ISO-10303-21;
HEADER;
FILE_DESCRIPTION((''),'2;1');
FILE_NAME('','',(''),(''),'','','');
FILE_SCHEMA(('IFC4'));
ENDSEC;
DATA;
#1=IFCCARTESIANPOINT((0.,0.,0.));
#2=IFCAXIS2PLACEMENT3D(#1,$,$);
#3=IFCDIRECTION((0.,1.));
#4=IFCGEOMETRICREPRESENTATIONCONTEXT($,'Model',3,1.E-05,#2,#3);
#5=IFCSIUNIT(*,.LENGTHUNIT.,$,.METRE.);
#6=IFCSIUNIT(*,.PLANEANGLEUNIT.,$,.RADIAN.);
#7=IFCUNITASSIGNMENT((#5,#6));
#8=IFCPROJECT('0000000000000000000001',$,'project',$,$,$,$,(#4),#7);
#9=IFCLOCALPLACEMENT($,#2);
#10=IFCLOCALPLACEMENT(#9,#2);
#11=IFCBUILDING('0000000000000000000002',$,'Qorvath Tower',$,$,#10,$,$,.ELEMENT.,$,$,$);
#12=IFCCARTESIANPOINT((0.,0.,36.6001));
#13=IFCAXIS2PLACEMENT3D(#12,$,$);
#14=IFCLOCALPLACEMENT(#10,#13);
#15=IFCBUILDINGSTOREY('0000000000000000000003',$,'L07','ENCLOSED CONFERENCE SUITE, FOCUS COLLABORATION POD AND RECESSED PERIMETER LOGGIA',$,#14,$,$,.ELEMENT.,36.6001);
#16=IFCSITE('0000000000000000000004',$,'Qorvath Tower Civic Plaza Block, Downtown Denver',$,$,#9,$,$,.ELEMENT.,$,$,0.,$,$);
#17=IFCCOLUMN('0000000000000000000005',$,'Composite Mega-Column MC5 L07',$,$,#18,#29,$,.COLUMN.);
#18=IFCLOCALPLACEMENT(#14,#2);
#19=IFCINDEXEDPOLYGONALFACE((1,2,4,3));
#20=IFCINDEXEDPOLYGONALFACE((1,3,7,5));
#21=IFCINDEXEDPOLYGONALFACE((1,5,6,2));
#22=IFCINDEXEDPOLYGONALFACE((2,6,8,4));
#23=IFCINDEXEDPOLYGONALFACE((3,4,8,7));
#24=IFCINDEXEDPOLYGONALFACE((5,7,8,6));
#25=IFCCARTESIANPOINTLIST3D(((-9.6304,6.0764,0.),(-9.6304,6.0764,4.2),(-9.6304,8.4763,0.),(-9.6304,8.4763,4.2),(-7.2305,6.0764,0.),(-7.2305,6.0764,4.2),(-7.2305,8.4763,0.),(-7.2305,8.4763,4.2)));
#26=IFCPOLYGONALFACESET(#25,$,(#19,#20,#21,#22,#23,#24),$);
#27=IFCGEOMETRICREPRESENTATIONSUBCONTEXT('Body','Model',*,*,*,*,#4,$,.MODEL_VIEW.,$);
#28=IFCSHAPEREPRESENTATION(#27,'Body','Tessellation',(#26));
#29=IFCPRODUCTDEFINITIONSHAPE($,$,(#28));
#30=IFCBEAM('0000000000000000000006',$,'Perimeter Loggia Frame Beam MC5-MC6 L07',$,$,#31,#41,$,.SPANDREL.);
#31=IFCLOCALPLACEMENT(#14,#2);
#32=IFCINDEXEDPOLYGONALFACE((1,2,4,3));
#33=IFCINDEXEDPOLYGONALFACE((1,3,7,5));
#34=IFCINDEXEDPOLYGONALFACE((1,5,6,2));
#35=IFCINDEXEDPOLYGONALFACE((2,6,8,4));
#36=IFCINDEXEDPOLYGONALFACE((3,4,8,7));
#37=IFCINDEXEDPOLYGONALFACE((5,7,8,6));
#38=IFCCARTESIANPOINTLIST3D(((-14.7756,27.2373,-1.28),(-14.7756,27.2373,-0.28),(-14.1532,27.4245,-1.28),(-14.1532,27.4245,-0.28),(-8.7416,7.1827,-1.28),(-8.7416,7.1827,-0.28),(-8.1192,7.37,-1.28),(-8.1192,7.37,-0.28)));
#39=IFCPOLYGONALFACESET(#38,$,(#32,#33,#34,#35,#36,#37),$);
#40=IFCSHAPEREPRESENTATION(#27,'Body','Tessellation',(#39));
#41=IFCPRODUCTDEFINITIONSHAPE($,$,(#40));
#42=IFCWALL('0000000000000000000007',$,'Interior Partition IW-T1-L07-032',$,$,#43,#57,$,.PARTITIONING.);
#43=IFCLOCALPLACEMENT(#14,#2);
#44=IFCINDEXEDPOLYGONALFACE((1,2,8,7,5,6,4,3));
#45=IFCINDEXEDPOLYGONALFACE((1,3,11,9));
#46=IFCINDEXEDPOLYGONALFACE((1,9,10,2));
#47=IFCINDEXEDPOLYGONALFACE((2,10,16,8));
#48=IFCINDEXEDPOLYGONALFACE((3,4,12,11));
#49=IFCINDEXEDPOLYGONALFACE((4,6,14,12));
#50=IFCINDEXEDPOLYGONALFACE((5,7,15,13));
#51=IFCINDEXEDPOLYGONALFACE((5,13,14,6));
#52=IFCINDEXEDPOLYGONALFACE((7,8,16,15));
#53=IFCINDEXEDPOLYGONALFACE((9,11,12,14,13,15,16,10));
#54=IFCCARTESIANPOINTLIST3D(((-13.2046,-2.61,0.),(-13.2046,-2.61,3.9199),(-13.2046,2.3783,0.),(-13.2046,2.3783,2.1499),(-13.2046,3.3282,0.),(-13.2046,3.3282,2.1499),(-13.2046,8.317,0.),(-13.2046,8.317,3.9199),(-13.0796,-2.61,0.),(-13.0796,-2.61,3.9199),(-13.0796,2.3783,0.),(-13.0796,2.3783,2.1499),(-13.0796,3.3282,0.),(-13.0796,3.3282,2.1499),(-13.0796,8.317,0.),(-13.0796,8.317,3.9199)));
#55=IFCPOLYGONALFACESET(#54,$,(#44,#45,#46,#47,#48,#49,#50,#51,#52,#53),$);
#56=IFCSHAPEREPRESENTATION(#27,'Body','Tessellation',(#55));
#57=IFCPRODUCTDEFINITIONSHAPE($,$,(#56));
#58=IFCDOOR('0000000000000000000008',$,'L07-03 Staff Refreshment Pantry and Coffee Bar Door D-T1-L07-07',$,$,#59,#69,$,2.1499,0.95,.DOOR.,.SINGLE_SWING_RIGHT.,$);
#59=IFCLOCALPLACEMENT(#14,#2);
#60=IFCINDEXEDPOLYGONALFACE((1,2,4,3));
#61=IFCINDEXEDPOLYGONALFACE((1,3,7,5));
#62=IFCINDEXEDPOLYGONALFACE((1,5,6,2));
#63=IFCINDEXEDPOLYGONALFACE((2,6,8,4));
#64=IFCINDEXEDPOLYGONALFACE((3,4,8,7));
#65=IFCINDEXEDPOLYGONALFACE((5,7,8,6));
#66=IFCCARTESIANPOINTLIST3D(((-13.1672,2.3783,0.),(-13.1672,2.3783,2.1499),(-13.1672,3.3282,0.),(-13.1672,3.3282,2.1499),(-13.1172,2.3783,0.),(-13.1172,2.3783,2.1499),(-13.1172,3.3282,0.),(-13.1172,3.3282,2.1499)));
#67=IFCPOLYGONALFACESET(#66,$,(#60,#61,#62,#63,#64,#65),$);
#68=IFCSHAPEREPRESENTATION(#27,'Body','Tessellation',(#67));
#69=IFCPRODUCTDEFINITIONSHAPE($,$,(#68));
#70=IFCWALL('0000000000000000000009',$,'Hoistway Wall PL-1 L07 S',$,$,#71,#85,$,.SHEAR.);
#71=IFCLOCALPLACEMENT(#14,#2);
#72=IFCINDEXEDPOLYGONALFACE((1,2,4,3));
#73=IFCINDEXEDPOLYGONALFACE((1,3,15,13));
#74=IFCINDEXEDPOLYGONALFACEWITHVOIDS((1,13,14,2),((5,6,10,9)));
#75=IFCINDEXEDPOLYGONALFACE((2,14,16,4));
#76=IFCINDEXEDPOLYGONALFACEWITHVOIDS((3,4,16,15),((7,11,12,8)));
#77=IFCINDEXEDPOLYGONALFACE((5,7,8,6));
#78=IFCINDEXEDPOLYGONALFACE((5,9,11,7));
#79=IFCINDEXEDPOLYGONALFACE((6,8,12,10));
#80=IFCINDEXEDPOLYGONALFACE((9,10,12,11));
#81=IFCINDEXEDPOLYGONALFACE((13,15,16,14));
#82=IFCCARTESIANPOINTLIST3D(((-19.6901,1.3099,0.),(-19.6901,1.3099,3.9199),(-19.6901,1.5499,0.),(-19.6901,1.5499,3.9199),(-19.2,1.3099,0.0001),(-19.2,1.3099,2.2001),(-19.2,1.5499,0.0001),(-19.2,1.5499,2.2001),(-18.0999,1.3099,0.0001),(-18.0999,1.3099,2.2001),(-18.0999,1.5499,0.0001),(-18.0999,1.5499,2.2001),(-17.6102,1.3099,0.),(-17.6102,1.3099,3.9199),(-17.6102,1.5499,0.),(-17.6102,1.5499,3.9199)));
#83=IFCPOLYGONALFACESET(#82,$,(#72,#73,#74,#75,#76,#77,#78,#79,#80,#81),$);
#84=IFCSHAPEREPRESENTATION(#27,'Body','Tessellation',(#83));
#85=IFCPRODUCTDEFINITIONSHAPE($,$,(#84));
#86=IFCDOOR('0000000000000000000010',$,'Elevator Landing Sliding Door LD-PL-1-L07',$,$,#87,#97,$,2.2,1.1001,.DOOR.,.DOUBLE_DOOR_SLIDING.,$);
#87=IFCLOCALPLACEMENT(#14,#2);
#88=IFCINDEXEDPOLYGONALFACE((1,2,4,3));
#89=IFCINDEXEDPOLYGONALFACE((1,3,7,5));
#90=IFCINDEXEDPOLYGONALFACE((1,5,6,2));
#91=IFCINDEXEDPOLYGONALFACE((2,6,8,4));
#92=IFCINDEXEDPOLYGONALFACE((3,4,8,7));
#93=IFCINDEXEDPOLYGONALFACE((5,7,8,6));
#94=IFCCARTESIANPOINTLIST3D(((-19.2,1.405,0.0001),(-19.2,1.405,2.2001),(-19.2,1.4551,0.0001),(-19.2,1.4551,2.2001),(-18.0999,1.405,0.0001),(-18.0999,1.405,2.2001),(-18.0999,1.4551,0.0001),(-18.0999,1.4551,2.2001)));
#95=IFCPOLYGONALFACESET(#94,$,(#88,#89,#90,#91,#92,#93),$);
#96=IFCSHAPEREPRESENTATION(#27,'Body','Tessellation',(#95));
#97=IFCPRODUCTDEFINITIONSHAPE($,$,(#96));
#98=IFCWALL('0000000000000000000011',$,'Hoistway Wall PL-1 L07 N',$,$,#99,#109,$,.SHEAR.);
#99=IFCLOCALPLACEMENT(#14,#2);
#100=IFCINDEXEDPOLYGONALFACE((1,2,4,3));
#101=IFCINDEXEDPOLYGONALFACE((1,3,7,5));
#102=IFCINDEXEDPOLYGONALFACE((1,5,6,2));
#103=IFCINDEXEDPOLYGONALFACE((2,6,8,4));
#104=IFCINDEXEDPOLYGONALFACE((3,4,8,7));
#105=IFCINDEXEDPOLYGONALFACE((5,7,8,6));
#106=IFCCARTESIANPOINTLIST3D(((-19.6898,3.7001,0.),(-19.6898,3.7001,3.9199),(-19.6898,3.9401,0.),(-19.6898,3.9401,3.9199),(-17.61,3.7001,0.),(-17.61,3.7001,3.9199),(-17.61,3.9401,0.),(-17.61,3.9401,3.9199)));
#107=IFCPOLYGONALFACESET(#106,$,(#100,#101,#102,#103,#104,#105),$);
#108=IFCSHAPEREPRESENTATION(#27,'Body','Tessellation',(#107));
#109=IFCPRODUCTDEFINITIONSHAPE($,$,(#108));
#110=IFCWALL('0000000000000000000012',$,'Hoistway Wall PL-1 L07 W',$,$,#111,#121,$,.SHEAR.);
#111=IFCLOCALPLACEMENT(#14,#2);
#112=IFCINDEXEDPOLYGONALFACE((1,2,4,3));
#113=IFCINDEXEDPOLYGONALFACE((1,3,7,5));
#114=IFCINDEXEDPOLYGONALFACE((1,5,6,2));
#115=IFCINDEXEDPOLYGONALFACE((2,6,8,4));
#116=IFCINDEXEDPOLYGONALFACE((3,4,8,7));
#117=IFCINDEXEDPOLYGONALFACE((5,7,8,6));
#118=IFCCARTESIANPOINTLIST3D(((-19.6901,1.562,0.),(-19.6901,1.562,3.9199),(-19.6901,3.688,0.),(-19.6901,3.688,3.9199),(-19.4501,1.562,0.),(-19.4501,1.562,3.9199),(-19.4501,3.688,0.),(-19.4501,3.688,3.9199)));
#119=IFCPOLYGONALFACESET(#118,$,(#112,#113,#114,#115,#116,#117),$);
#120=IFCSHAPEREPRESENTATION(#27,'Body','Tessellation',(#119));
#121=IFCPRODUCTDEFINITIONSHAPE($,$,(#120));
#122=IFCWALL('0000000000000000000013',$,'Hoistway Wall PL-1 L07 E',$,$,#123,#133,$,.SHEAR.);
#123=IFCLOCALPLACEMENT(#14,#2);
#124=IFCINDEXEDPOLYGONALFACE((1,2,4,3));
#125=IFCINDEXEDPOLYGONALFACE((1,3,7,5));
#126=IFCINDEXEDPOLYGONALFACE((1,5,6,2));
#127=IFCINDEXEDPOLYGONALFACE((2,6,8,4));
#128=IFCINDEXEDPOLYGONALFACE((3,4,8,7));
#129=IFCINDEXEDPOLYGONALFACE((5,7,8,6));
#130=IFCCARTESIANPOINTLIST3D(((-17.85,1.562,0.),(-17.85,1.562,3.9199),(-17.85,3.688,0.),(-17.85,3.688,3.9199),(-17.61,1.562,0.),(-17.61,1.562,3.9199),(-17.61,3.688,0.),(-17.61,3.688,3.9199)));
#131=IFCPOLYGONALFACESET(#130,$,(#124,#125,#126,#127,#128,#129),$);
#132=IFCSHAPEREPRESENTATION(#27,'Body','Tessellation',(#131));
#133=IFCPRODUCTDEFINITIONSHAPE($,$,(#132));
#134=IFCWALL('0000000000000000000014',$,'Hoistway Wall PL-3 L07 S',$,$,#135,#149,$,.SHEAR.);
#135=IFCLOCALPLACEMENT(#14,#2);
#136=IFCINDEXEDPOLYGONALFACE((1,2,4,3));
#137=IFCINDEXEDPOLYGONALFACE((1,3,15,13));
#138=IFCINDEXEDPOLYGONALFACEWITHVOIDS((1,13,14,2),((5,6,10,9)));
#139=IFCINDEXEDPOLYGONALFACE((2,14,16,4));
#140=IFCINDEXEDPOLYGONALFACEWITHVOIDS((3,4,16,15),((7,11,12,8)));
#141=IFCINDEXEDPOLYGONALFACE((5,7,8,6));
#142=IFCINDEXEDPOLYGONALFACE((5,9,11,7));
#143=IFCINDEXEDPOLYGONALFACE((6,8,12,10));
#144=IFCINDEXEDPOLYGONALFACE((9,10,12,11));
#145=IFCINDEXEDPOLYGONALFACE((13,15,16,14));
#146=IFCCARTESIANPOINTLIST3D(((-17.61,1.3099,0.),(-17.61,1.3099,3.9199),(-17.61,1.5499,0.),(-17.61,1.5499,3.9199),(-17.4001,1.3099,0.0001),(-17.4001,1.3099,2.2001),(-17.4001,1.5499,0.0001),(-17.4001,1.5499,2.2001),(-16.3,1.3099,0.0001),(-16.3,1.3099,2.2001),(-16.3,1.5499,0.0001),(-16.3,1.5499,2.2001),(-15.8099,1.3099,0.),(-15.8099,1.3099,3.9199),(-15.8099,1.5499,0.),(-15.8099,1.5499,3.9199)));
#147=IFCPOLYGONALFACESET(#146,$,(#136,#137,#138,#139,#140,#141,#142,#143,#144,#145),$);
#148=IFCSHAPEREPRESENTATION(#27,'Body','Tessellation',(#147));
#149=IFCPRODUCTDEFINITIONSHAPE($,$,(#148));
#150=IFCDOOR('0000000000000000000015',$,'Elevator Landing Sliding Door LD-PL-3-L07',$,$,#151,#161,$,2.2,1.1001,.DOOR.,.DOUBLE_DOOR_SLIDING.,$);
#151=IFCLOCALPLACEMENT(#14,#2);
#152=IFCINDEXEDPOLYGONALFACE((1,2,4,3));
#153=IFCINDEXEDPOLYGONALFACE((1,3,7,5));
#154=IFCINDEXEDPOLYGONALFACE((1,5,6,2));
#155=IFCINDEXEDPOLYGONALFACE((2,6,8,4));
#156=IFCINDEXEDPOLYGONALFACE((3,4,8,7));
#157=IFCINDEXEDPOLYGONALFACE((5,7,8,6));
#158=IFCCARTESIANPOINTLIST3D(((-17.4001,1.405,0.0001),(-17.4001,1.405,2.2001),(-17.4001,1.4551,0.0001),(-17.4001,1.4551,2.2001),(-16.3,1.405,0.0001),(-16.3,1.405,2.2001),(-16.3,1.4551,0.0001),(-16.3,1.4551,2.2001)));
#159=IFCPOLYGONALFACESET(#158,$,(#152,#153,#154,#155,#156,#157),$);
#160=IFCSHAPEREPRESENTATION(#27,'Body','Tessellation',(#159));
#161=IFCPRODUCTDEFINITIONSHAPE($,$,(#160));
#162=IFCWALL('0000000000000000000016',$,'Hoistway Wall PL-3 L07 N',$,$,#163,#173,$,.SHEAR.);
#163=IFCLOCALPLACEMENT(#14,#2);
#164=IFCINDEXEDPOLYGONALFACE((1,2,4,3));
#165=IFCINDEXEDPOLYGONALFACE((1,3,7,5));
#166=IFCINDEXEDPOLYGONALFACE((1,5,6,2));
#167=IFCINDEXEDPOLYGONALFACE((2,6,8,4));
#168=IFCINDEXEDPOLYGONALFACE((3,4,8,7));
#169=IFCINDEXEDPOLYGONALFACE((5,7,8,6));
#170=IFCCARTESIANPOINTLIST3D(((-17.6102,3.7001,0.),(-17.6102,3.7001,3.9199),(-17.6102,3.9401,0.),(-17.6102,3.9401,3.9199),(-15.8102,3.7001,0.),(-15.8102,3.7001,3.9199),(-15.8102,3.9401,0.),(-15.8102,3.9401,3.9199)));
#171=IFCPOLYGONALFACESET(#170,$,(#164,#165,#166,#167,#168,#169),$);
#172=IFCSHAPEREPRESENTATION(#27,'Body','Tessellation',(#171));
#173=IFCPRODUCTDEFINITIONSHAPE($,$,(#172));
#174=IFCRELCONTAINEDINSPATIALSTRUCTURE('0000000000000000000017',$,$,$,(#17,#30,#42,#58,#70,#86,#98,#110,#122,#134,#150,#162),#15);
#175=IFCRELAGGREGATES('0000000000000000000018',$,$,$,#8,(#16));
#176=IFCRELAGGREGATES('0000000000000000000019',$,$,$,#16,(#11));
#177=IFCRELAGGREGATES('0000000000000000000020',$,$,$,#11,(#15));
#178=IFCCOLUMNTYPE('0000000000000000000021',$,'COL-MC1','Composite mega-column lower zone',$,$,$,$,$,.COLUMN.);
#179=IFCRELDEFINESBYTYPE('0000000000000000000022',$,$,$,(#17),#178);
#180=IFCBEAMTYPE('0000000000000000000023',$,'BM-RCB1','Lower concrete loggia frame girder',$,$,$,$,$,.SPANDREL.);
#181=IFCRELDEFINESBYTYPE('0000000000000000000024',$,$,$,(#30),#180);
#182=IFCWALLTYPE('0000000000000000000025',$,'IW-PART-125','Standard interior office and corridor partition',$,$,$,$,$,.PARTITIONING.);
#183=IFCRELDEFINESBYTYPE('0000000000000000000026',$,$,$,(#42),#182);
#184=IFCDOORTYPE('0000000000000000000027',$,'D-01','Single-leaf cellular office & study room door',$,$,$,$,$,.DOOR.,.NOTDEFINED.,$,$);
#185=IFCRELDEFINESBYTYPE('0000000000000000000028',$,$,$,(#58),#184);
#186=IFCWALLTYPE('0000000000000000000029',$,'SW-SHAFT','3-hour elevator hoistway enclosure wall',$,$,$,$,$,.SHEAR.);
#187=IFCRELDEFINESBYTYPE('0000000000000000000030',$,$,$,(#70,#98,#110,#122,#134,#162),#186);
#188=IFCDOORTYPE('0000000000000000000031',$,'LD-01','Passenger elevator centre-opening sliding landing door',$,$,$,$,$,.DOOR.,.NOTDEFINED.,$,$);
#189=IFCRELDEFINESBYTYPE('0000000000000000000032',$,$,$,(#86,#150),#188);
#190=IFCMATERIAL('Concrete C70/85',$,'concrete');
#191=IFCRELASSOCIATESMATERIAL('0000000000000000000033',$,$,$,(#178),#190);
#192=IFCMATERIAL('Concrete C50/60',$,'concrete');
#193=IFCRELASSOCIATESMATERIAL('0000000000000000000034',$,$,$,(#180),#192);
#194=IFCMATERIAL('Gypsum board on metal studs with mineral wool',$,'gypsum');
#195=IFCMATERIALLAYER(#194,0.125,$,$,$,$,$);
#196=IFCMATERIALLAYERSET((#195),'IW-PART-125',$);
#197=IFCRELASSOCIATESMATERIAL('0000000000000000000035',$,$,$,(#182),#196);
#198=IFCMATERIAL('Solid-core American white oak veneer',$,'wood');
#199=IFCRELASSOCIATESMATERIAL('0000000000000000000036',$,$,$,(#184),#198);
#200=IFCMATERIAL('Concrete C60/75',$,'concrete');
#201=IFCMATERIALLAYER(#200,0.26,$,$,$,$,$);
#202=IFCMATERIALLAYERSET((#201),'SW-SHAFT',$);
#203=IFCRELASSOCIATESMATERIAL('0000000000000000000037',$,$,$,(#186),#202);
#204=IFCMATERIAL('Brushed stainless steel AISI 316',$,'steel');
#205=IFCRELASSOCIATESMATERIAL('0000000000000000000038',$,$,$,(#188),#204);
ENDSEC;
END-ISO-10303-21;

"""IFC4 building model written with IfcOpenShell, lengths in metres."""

from ifc_helpers import new_model, si_unit, direction, frame, frame_2d, origin, origin_2d, place, context, subcontext, project, spatial, rectangle, extrude, material, layer, layer_set, material_profile, profile_set, type_object, element, fill, save


model = new_model("IFC4")

# Units and contexts
model_context = context("Model", 3, precision=1e-05, world=origin(), true_north=direction((0.0, 1.0)))
body_context = subcontext(model_context, "Body", "Model", "MODEL_VIEW")
ifc_project = project(units=[si_unit("LENGTHUNIT", "METRE"), si_unit("PLANEANGLEUNIT", "RADIAN")], contexts=[model_context])

# Site, building, storey
site_placement = place(None, origin())
site = spatial("IfcSite", under=ifc_project, at=site_placement, Name="Qorvath Tower Civic Plaza Block, Downtown Denver", CompositionType="ELEMENT", RefElevation=0.0)
building_placement = place(site_placement, origin())
building = spatial("IfcBuilding", under=site, at=building_placement, Name="Qorvath Tower", CompositionType="ELEMENT")
storey_placement = place(building_placement, frame((0.0, 0.0, 36.6001)))
storey = spatial("IfcBuildingStorey", under=building, at=storey_placement, Name="L07", Description="ENCLOSED CONFERENCE SUITE, FOCUS COLLABORATION POD AND RECESSED PERIMETER LOGGIA", CompositionType="ELEMENT", Elevation=36.6001)

# Column
ifc_material_1 = material(Name="Concrete C70/85", Category="concrete")
ifc_material_profile_1 = material_profile(ifc_material_1, rectangle(XDim=2.3999, YDim=2.3999, at=origin_2d()), Name="MC 2400x2400")
ifc_profile_set_1 = profile_set([ifc_material_profile_1], Name="Concrete C70/85")
column_type = type_object("IfcColumnType", Name="COL-MC1", Description="Composite mega-column lower zone", PredefinedType="COLUMN", material=ifc_profile_set_1)
column_placement = place(storey_placement, frame((-8.4304, 7.2764, 0.0), z_axis=(0.0, 0.0, 1.0), x_axis=(1.0, 0.0, 0.0)))
element("IfcColumn", 1, at=column_placement, inside=storey, type_object=column_type, Name="Composite Mega-Column MC5 L07", PredefinedType="COLUMN", context=body_context, shape_type="SweptSolid", body=[
    extrude(rectangle(XDim=2.3999, YDim=2.3999, at=origin_2d()), origin(), (0.0, 0.0, 1.0), 4.2),
])

# Beam
ifc_material_2 = material(Name="Concrete C50/60", Category="concrete")
ifc_material_profile_2 = material_profile(ifc_material_2, rectangle(XDim=0.6499, YDim=1.0, at=origin_2d()), Name="RCB 1000x650")
ifc_profile_set_2 = profile_set([ifc_material_profile_2], Name="Concrete C50/60")
beam_type = type_object("IfcBeamType", Name="BM-RCB1", Description="Lower concrete loggia frame girder", PredefinedType="SPANDREL", material=ifc_profile_set_2)
beam_placement = place(storey_placement, frame((-8.4304, 7.2764, -0.78), z_axis=(-0.288119, 0.957595, 0.0), x_axis=(-0.957595, -0.288119, 0.0)))
element("IfcBeam", 2, at=beam_placement, inside=storey, type_object=beam_type, Name="Perimeter Loggia Frame Beam MC5-MC6 L07", PredefinedType="SPANDREL", context=body_context, shape_type="SweptSolid", body=[
    extrude(rectangle(XDim=0.6499, YDim=1.0, at=origin_2d()), origin(), (0.0, 0.0, 1.0), 20.9426),
])

# Walls, openings, doors
ifc_material_3 = material(Name="Gypsum board on metal studs with mineral wool", Category="gypsum")
ifc_layer_1 = layer(ifc_material_3, 0.125)
ifc_layer_set_1 = layer_set([ifc_layer_1], Name="IW-PART-125")
wall_type_1 = type_object("IfcWallType", Name="IW-PART-125", Description="Standard interior office and corridor partition", PredefinedType="PARTITIONING", material=ifc_layer_set_1)
wall_1_placement = place(storey_placement, frame((-13.1421, 8.3169, 0.0), z_axis=(0.0, 0.0, 1.0), x_axis=(0.0, -1.0, 0.0)))
wall_1 = element("IfcWall", 3, at=wall_1_placement, inside=storey, type_object=wall_type_1, Name="Interior Partition IW-T1-L07-032", PredefinedType="PARTITIONING", context=body_context, shape_type="SweptSolid", body=[
    extrude(rectangle(XDim=10.927, YDim=0.125, at=frame_2d((5.4634, 0.0))), origin(), (0.0, 0.0, 1.0), 3.9199),
])
opening_1_placement = place(wall_1_placement, frame((4.9885, 0.0, 0.0)))
opening_1 = element("IfcOpeningElement", 4, at=opening_1_placement, cuts=wall_1, PredefinedType="OPENING", context=body_context, shape_type="SweptSolid", body=[
    extrude(rectangle(XDim=0.95, YDim=2.1499, at=frame_2d((0.4751, 1.075))), frame((0.0, 0.0725, 0.0), z_axis=(0.0, -1.0, 0.0), x_axis=(1.0, 0.0, 0.0)), (0.0, 0.0, 1.0), 0.145),
])
ifc_material_4 = material(Name="Solid-core American white oak veneer", Category="wood")
door_type_1 = type_object("IfcDoorType", Name="D-01", Description="Single-leaf cellular office & study room door", OperationType="NOTDEFINED", PredefinedType="DOOR", material=ifc_material_4)
door_1_placement = place(opening_1_placement, origin())
door_1 = element("IfcDoor", 5, at=door_1_placement, inside=storey, type_object=door_type_1, Name="L07-03 Staff Refreshment Pantry and Coffee Bar Door D-T1-L07-07", OperationType="SINGLE_SWING_RIGHT", OverallHeight=2.1499, OverallWidth=0.95, PredefinedType="DOOR", context=body_context, shape_type="SweptSolid", body=[
    extrude(rectangle(XDim=0.95, YDim=2.1499, at=frame_2d((0.4751, 1.075))), frame((0.0, 0.0249, 0.0), z_axis=(0.0, -1.0, 0.0), x_axis=(1.0, 0.0, 0.0)), (0.0, 0.0, 1.0), 0.05),
])
fill(opening_1, door_1)
ifc_material_5 = material(Name="Concrete C60/75", Category="concrete")
ifc_layer_2 = layer(ifc_material_5, 0.26)
ifc_layer_set_2 = layer_set([ifc_layer_2], Name="SW-SHAFT")
wall_type_2 = type_object("IfcWallType", Name="SW-SHAFT", Description="3-hour elevator hoistway enclosure wall", PredefinedType="SHEAR", material=ifc_layer_set_2)
wall_2_placement = place(storey_placement, frame((-17.6101, 1.4299, 0.0), z_axis=(0.0, 0.0, 1.0), x_axis=(-1.0, 0.0, 0.0)))
wall_2 = element("IfcWall", 6, at=wall_2_placement, inside=storey, type_object=wall_type_2, Name="Hoistway Wall PL-1 L07 S", PredefinedType="SHEAR", context=body_context, shape_type="SweptSolid", body=[
    extrude(rectangle(XDim=2.0798, YDim=0.24, at=frame_2d((1.04, 0.0))), origin(), (0.0, 0.0, 1.0), 3.9199),
])
opening_2_placement = place(wall_2_placement, frame((0.4897, 0.0, 0.0)))
opening_2 = element("IfcOpeningElement", 7, at=opening_2_placement, cuts=wall_2, PredefinedType="OPENING", context=body_context, shape_type="SweptSolid", body=[
    extrude(rectangle(XDim=1.1001, YDim=2.2, at=frame_2d((0.55, 1.1001))), frame((0.0, 0.1299, 0.0), z_axis=(0.0, -1.0, 0.0), x_axis=(1.0, 0.0, 0.0)), (0.0, 0.0, 1.0), 0.26),
])
ifc_material_6 = material(Name="Brushed stainless steel AISI 316", Category="steel")
door_type_2 = type_object("IfcDoorType", Name="LD-01", Description="Passenger elevator centre-opening sliding landing door", OperationType="NOTDEFINED", PredefinedType="DOOR", material=ifc_material_6)
door_2_placement = place(opening_2_placement, origin())
door_2 = element("IfcDoor", 8, at=door_2_placement, inside=storey, type_object=door_type_2, Name="Elevator Landing Sliding Door LD-PL-1-L07", OperationType="DOUBLE_DOOR_SLIDING", OverallHeight=2.2, OverallWidth=1.1001, PredefinedType="DOOR", context=body_context, shape_type="SweptSolid", body=[
    extrude(rectangle(XDim=1.1001, YDim=2.2, at=frame_2d((0.55, 1.1001))), frame((0.0, 0.0249, 0.0), z_axis=(0.0, -1.0, 0.0), x_axis=(1.0, 0.0, 0.0)), (0.0, 0.0, 1.0), 0.05),
])
fill(opening_2, door_2)

# Walls
wall_3_placement = place(storey_placement, frame((-19.6899, 3.8201, 0.0), z_axis=(0.0, 0.0, 1.0), x_axis=(1.0, 0.0, 0.0)))
element("IfcWall", 9, at=wall_3_placement, inside=storey, type_object=wall_type_2, Name="Hoistway Wall PL-1 L07 N", PredefinedType="SHEAR", context=body_context, shape_type="SweptSolid", body=[
    extrude(rectangle(XDim=2.0798, YDim=0.24, at=frame_2d((1.04, 0.0))), origin(), (0.0, 0.0, 1.0), 3.9199),
])
for number, where, z_axis, x_axis, name in (
    (10, (-19.5701, 1.562, 0.0), (0.0, 0.0, 1.0), (0.0, 1.0, 0.0), "Hoistway Wall PL-1 L07 W"),
    (11, (-17.73, 3.688, 0.0), (0.0, 0.0, 1.0), (0.0, -1.0, 0.0), "Hoistway Wall PL-1 L07 E"),
):
    element("IfcWall", number, at=place(storey_placement, frame(where, z_axis=z_axis, x_axis=x_axis)), inside=storey, type_object=wall_type_2, Name=name, PredefinedType="SHEAR", context=body_context, shape_type="SweptSolid", body=[
        extrude(rectangle(XDim=2.126, YDim=0.24, at=frame_2d((1.063, 0.0))), origin(), (0.0, 0.0, 1.0), 3.9199),
    ])

# Wall, opening, door
wall_4_placement = place(storey_placement, frame((-15.8101, 1.4299, 0.0), z_axis=(0.0, 0.0, 1.0), x_axis=(-1.0, 0.0, 0.0)))
wall_4 = element("IfcWall", 12, at=wall_4_placement, inside=storey, type_object=wall_type_2, Name="Hoistway Wall PL-3 L07 S", PredefinedType="SHEAR", context=body_context, shape_type="SweptSolid", body=[
    extrude(rectangle(XDim=1.8, YDim=0.24, at=frame_2d((0.8999, 0.0))), origin(), (0.0, 0.0, 1.0), 3.9199),
])
opening_3_placement = place(wall_4_placement, frame((0.49, 0.0, 0.0)))
opening_3 = element("IfcOpeningElement", 13, at=opening_3_placement, cuts=wall_4, PredefinedType="OPENING", context=body_context, shape_type="SweptSolid", body=[
    extrude(rectangle(XDim=1.1001, YDim=2.2, at=frame_2d((0.55, 1.1001))), frame((0.0, 0.1299, 0.0), z_axis=(0.0, -1.0, 0.0), x_axis=(1.0, 0.0, 0.0)), (0.0, 0.0, 1.0), 0.26),
])
door_3_placement = place(opening_3_placement, origin())
door_3 = element("IfcDoor", 14, at=door_3_placement, inside=storey, type_object=door_type_2, Name="Elevator Landing Sliding Door LD-PL-3-L07", OperationType="DOUBLE_DOOR_SLIDING", OverallHeight=2.2, OverallWidth=1.1001, PredefinedType="DOOR", context=body_context, shape_type="SweptSolid", body=[
    extrude(rectangle(XDim=1.1001, YDim=2.2, at=frame_2d((0.55, 1.1001))), frame((0.0, 0.0249, 0.0), z_axis=(0.0, -1.0, 0.0), x_axis=(1.0, 0.0, 0.0)), (0.0, 0.0, 1.0), 0.05),
])
fill(opening_3, door_3)

# Wall
wall_5_placement = place(storey_placement, frame((-17.6101, 3.8201, 0.0), z_axis=(0.0, 0.0, 1.0), x_axis=(1.0, 0.0, 0.0)))
element("IfcWall", 15, at=wall_5_placement, inside=storey, type_object=wall_type_2, Name="Hoistway Wall PL-3 L07 N", PredefinedType="SHEAR", context=body_context, shape_type="SweptSolid", body=[
    extrude(rectangle(XDim=1.8, YDim=0.24, at=frame_2d((0.8999, 0.0))), origin(), (0.0, 0.0, 1.0), 3.9199),
])

save(model, "model.ifc")
